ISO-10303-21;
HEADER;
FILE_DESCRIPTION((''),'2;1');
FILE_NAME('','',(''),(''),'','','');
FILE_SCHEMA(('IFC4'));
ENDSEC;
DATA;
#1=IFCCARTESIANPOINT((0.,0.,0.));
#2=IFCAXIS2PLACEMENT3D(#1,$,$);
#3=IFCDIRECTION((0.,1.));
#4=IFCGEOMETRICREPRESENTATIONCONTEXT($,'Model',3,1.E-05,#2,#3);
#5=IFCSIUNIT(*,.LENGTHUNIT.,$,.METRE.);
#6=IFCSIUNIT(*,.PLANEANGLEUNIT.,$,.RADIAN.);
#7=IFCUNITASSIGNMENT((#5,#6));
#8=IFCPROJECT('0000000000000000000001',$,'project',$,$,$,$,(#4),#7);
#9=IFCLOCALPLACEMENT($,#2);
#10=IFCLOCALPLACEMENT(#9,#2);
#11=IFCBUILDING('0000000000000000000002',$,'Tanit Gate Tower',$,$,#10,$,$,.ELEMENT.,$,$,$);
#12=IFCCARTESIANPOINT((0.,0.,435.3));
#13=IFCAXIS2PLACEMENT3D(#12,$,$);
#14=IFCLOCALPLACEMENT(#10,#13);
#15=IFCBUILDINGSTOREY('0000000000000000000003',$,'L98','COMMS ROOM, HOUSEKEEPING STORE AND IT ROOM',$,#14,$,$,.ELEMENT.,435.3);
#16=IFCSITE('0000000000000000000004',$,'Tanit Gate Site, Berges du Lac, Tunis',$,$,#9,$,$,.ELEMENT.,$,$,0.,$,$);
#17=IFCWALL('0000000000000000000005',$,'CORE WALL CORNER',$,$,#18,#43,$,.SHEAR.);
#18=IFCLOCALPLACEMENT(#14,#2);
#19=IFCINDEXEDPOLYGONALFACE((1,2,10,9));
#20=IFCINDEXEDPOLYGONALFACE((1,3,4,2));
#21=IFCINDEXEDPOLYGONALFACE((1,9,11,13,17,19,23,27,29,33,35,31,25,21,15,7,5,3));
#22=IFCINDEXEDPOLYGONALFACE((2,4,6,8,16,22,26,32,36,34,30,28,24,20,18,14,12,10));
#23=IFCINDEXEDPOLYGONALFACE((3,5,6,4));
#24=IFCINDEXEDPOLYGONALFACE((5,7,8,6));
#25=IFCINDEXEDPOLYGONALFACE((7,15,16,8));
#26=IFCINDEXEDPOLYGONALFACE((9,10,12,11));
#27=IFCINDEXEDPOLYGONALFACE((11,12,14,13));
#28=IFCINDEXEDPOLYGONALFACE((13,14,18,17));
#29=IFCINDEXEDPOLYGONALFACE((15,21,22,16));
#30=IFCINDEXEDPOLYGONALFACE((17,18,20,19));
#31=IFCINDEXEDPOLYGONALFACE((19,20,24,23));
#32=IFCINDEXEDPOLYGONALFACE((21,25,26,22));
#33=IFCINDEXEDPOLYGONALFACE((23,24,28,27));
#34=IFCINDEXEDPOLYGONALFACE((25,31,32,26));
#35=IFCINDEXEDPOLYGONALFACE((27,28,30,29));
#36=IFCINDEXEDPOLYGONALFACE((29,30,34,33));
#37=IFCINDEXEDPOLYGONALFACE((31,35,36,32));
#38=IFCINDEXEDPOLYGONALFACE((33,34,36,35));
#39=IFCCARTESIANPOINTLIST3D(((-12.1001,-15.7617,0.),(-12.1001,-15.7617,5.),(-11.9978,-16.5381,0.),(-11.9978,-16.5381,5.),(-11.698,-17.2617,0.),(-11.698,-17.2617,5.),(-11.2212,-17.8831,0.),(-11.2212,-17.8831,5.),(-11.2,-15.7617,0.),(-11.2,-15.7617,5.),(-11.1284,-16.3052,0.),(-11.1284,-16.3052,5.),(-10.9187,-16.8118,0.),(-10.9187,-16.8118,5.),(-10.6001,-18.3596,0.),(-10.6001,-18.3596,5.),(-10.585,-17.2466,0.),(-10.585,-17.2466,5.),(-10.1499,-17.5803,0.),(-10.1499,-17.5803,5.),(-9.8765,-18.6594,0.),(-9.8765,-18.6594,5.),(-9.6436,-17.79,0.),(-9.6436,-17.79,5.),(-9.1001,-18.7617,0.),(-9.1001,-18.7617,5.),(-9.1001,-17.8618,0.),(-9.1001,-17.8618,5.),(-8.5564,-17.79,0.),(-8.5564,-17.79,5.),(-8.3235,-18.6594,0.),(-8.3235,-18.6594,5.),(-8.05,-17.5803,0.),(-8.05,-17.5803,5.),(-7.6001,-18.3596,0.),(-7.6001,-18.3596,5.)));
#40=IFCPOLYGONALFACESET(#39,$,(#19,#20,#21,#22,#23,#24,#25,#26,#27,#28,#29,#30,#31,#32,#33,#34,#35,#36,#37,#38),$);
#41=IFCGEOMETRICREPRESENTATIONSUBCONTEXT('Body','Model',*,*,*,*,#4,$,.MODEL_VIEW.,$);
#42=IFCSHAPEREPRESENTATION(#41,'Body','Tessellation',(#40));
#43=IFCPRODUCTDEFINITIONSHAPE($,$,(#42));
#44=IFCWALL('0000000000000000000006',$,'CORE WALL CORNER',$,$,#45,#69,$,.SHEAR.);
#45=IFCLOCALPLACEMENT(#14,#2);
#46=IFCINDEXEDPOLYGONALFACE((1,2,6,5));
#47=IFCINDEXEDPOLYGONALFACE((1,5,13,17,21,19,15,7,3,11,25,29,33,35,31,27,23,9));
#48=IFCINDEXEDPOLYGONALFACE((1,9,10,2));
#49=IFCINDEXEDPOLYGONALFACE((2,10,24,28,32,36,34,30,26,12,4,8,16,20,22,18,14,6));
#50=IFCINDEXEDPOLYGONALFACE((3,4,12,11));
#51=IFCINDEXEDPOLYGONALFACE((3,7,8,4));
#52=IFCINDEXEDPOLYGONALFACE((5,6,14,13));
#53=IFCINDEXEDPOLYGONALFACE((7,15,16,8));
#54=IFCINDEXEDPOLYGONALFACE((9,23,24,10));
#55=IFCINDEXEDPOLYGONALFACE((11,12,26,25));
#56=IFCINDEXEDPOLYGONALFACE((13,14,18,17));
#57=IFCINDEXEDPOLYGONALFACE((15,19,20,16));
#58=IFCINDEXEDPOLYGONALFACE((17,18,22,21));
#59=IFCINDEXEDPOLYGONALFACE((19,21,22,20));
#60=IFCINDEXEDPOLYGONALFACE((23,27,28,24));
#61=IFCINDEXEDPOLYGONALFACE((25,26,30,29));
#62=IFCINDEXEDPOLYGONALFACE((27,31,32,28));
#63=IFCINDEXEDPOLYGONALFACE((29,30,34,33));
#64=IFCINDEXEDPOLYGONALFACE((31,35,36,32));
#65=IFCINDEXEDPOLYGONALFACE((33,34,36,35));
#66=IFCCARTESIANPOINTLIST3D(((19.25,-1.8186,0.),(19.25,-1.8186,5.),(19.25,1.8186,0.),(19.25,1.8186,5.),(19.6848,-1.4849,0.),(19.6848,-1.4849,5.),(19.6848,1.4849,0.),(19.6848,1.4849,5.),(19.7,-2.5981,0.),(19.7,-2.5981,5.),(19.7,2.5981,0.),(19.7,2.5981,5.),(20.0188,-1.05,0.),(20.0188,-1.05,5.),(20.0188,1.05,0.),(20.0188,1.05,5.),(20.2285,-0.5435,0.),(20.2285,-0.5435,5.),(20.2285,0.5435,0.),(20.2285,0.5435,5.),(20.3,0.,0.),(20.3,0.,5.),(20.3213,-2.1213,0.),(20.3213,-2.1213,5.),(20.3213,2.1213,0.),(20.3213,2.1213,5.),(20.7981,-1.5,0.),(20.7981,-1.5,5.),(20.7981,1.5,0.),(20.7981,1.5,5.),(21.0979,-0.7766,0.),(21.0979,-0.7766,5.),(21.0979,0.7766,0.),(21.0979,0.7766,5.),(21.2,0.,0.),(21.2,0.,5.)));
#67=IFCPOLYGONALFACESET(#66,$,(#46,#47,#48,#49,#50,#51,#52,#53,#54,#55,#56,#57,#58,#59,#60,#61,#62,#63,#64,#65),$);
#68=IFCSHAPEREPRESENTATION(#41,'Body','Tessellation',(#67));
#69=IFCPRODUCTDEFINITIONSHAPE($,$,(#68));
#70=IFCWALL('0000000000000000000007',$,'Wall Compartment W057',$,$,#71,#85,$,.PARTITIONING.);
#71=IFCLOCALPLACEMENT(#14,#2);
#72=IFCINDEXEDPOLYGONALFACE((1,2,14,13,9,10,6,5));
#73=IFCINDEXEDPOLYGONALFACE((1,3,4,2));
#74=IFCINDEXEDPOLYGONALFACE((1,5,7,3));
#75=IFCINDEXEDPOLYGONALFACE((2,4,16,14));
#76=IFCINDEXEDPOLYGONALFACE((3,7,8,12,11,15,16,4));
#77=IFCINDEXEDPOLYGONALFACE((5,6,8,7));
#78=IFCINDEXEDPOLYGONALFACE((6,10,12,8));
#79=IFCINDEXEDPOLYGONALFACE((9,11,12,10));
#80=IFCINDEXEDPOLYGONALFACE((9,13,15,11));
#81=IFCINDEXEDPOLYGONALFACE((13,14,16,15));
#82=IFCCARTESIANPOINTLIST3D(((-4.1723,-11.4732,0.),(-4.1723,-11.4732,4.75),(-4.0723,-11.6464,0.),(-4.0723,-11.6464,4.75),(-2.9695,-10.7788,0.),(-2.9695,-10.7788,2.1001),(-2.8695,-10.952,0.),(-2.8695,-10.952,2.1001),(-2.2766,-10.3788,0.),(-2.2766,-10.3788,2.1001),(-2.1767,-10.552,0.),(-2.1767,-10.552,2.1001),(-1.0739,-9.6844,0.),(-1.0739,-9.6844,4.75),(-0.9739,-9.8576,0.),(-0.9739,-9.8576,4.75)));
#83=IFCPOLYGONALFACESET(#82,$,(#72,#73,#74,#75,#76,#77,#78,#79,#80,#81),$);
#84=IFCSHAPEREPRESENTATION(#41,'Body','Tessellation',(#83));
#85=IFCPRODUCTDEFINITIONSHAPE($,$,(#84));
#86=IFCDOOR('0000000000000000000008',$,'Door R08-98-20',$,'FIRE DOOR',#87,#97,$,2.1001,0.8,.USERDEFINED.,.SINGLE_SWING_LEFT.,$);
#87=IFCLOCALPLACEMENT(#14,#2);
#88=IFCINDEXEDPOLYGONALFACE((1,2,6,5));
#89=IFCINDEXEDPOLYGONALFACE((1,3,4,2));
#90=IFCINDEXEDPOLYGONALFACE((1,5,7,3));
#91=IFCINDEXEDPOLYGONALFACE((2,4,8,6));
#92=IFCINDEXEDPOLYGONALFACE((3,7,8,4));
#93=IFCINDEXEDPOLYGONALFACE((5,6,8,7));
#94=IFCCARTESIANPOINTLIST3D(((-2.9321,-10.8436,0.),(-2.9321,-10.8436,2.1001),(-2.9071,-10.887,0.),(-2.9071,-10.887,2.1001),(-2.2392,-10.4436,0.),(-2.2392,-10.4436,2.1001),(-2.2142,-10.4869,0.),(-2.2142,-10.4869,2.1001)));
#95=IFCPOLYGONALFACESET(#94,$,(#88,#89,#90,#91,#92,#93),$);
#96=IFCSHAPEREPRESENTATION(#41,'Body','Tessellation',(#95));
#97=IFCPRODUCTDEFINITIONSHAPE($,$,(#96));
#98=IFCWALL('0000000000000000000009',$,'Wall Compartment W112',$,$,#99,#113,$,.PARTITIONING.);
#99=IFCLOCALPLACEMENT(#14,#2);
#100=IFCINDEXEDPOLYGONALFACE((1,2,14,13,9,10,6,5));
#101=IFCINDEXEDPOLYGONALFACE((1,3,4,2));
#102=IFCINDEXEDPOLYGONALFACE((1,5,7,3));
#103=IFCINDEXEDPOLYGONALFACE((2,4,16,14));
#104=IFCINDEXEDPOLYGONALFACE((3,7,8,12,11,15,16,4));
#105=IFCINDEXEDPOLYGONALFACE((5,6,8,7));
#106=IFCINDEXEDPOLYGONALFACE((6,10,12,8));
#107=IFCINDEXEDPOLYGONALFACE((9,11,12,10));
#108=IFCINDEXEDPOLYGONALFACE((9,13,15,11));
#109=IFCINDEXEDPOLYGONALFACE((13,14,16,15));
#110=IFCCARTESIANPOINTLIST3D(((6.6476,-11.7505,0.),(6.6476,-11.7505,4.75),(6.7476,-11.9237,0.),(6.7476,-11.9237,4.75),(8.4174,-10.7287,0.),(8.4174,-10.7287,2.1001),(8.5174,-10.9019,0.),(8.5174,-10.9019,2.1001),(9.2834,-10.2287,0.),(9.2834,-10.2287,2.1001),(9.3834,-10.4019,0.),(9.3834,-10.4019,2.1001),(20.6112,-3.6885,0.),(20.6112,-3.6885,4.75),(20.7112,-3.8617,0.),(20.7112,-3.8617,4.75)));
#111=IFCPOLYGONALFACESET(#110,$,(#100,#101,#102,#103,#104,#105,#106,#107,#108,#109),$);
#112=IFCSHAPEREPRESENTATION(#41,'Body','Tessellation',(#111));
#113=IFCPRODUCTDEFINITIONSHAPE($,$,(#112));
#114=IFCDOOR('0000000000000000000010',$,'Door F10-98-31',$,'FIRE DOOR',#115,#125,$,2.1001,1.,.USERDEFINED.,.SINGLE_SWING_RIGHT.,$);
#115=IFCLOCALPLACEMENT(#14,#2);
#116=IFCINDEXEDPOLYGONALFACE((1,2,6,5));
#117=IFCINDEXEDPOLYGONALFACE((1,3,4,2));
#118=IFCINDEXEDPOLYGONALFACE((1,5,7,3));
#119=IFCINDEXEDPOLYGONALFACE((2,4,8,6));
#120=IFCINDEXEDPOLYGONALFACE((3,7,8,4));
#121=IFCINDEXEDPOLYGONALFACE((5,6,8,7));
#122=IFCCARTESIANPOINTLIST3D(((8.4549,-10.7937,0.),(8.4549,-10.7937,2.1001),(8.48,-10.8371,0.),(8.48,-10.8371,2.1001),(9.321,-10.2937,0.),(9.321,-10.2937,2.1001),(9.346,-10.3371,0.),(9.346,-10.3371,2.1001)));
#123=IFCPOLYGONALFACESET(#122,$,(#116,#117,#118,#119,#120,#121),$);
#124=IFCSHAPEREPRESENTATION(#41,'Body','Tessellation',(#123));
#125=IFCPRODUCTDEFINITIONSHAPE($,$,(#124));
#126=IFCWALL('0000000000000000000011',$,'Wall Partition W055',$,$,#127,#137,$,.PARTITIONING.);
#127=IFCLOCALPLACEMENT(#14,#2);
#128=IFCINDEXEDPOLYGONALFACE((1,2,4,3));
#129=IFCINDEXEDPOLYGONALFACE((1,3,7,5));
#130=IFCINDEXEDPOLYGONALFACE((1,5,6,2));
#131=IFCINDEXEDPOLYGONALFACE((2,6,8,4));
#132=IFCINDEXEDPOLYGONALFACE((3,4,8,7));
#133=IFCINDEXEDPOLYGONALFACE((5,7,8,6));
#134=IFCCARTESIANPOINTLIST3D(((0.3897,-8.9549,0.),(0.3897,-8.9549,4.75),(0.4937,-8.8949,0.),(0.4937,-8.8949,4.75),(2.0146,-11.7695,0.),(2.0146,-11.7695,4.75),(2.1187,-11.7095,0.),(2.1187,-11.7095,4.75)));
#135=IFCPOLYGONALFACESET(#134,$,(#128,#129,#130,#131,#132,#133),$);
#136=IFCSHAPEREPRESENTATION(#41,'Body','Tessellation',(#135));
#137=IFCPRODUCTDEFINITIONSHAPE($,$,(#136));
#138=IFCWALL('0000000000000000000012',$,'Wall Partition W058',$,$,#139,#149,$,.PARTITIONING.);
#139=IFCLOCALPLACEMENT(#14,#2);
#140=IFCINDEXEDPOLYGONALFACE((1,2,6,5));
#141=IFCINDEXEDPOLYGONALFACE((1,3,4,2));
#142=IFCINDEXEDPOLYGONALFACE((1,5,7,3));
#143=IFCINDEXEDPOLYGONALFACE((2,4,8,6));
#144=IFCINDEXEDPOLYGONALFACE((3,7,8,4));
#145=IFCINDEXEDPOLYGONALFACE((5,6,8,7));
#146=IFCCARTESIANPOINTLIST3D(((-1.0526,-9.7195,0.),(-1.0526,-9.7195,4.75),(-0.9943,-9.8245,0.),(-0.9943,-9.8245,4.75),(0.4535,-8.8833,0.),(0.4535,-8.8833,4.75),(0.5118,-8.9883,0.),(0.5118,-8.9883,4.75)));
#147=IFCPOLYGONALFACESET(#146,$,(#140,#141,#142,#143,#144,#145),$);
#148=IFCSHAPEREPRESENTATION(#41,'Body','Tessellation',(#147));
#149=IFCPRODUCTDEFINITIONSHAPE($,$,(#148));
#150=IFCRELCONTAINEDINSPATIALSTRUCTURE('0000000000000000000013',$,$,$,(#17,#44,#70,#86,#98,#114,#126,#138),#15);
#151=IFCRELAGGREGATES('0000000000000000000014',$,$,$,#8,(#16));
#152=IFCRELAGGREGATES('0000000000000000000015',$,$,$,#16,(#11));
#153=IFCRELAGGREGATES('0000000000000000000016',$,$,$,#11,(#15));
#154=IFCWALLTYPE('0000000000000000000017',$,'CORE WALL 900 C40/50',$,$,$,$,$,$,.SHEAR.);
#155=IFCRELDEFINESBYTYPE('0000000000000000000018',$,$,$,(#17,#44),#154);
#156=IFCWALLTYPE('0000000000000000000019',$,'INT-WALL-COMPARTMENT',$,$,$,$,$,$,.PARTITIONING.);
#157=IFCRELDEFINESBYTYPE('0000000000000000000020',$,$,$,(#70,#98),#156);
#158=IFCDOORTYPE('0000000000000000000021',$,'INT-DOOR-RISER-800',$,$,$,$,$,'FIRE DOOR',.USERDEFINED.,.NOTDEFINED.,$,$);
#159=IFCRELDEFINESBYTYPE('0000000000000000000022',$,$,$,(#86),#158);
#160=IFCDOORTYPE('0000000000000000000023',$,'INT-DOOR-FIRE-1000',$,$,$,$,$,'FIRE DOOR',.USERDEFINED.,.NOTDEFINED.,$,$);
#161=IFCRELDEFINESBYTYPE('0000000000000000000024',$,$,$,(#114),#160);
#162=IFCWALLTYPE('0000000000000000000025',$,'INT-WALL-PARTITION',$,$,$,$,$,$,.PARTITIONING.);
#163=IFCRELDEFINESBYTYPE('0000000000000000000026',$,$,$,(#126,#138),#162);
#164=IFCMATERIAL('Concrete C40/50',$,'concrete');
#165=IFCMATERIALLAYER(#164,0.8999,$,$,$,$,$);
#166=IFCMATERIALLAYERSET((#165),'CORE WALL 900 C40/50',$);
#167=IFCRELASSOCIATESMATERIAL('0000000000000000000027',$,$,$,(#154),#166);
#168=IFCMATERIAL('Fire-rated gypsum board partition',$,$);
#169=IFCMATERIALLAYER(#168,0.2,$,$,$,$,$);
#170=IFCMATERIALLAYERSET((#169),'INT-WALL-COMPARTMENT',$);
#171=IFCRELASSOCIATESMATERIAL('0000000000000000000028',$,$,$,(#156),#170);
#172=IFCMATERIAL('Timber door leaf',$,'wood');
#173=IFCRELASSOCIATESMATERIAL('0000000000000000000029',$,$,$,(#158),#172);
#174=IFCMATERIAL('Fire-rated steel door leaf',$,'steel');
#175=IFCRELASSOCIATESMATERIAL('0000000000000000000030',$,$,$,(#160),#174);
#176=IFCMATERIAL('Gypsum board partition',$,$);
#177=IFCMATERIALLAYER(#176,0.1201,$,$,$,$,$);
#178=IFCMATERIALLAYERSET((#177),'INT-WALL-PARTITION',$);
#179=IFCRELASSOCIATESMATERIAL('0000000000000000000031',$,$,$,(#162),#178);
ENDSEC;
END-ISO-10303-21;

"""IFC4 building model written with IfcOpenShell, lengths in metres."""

from ifc_helpers import new_model, si_unit, direction, frame, frame_2d, origin, place, context, subcontext, project, spatial, polyline, rectangle, outline, extrude, material, layer, layer_set, type_object, element, fill, save


model = new_model("IFC4")

# Units and contexts
model_context = context("Model", 3, precision=1e-05, world=origin(), true_north=direction((0.0, 1.0)))
body_context = subcontext(model_context, "Body", "Model", "MODEL_VIEW")
ifc_project = project(units=[si_unit("LENGTHUNIT", "METRE"), si_unit("PLANEANGLEUNIT", "RADIAN")], contexts=[model_context])

# Site, building, storey
site_placement = place(None, origin())
site = spatial("IfcSite", under=ifc_project, at=site_placement, Name="Tanit Gate Site, Berges du Lac, Tunis", CompositionType="ELEMENT", RefElevation=0.0)
building_placement = place(site_placement, origin())
building = spatial("IfcBuilding", under=site, at=building_placement, Name="Tanit Gate Tower", CompositionType="ELEMENT")
storey_placement = place(building_placement, frame((0.0, 0.0, 435.3)))
storey = spatial("IfcBuildingStorey", under=building, at=storey_placement, Name="L98", Description="COMMS ROOM, HOUSEKEEPING STORE AND IT ROOM", CompositionType="ELEMENT", Elevation=435.3)

# Walls
ifc_material_1 = material(Name="Concrete C40/50", Category="concrete")
ifc_layer_1 = layer(ifc_material_1, 0.8999)
ifc_layer_set_1 = layer_set([ifc_layer_1], Name="CORE WALL 900 C40/50")
wall_type_1 = type_object("IfcWallType", Name="CORE WALL 900 C40/50", PredefinedType="SHEAR", material=ifc_layer_set_1)
wall_1_placement = place(storey_placement, origin())
element("IfcWall", 1, at=wall_1_placement, inside=storey, type_object=wall_type_1, Name="CORE WALL CORNER", PredefinedType="SHEAR", context=body_context, shape_type="SweptSolid", body=[
    extrude(outline(polyline([(-12.1001, -15.7617), (-11.9978, -16.5381), (-11.698, -17.2617), (-11.2212, -17.8831), (-10.6001, -18.3596), (-9.8765, -18.6594), (-9.1001, -18.7617), (-8.3235, -18.6594), (-7.6001, -18.3596), (-8.05, -17.5803), (-8.5564, -17.79), (-9.1001, -17.8618), (-9.6436, -17.79), (-10.1499, -17.5803), (-10.585, -17.2466), (-10.9187, -16.8118), (-11.1284, -16.3052), (-11.2, -15.7617), (-12.1001, -15.7617)])), origin(), (0.0, 0.0, 1.0), 5.0),
])
wall_2_placement = place(storey_placement, origin())
element("IfcWall", 2, at=wall_2_placement, inside=storey, type_object=wall_type_1, Name="CORE WALL CORNER", PredefinedType="SHEAR", context=body_context, shape_type="SweptSolid", body=[
    extrude(outline(polyline([(19.7, -2.5981), (20.3213, -2.1213), (20.7981, -1.5), (21.0979, -0.7766), (21.2, 0.0), (21.0979, 0.7766), (20.7981, 1.5), (20.3213, 2.1213), (19.7, 2.5981), (19.25, 1.8186), (19.6848, 1.4849), (20.0188, 1.05), (20.2285, 0.5435), (20.3, 0.0), (20.2285, -0.5435), (20.0188, -1.05), (19.6848, -1.4849), (19.25, -1.8186), (19.7, -2.5981)])), origin(), (0.0, 0.0, 1.0), 5.0),
])

# Walls, openings, doors
ifc_material_2 = material(Name="Fire-rated gypsum board partition")
ifc_layer_2 = layer(ifc_material_2, 0.2)
ifc_layer_set_2 = layer_set([ifc_layer_2], Name="INT-WALL-COMPARTMENT")
wall_type_2 = type_object("IfcWallType", Name="INT-WALL-COMPARTMENT", PredefinedType="PARTITIONING", material=ifc_layer_set_2)
wall_3_placement = place(storey_placement, frame((-1.0239, -9.771, 0.0), z_axis=(0.0, 0.0, 1.0), x_axis=(-0.86603, -0.499992, 0.0)))
wall_3 = element("IfcWall", 3, at=wall_3_placement, inside=storey, type_object=wall_type_2, Name="Wall Compartment W057", PredefinedType="PARTITIONING", context=body_context, shape_type="SweptSolid", body=[
    extrude(rectangle(XDim=3.5776, YDim=0.2, at=frame_2d((1.7888, 0.0))), origin(), (0.0, 0.0, 1.0), 4.75),
])
opening_1_placement = place(wall_3_placement, frame((1.3889, 0.0, 0.0)))
opening_1 = element("IfcOpeningElement", 4, at=opening_1_placement, cuts=wall_3, PredefinedType="OPENING", context=body_context, shape_type="SweptSolid", body=[
    extrude(rectangle(XDim=0.8, YDim=2.1001, at=frame_2d((0.3999, 1.05))), frame((0.0, 0.1099, 0.0), z_axis=(0.0, -1.0, 0.0), x_axis=(1.0, 0.0, 0.0)), (0.0, 0.0, 1.0), 0.22),
])
ifc_material_3 = material(Name="Timber door leaf", Category="wood")
door_type_1 = type_object("IfcDoorType", Name="INT-DOOR-RISER-800", ElementType="FIRE DOOR", OperationType="NOTDEFINED", PredefinedType="USERDEFINED", material=ifc_material_3)
door_1_placement = place(opening_1_placement, origin())
door_1 = element("IfcDoor", 5, at=door_1_placement, inside=storey, type_object=door_type_1, Name="Door R08-98-20", ObjectType="FIRE DOOR", OperationType="SINGLE_SWING_LEFT", OverallHeight=2.1001, OverallWidth=0.8, PredefinedType="USERDEFINED", context=body_context, shape_type="SweptSolid", body=[
    extrude(rectangle(XDim=0.8, YDim=2.1001, at=frame_2d((0.3999, 1.05))), frame((0.0, 0.0249, 0.0), z_axis=(0.0, -1.0, 0.0), x_axis=(1.0, 0.0, 0.0)), (0.0, 0.0, 1.0), 0.05),
])
fill(opening_1, door_1)
wall_4_placement = place(storey_placement, frame((6.6975, -11.8372, 0.0), z_axis=(0.0, 0.0, 1.0), x_axis=(0.866022, 0.500005, 0.0)))
wall_4 = element("IfcWall", 6, at=wall_4_placement, inside=storey, type_object=wall_type_2, Name="Wall Compartment W112", PredefinedType="PARTITIONING", context=body_context, shape_type="SweptSolid", body=[
    extrude(rectangle(XDim=16.1238, YDim=0.2, at=frame_2d((8.062, 0.0))), origin(), (0.0, 0.0, 1.0), 4.75),
])
opening_2_placement = place(wall_4_placement, frame((2.0437, 0.0, 0.0)))
opening_2 = element("IfcOpeningElement", 7, at=opening_2_placement, cuts=wall_4, PredefinedType="OPENING", context=body_context, shape_type="SweptSolid", body=[
    extrude(rectangle(XDim=1.0, YDim=2.1001, at=frame_2d((0.5, 1.05))), frame((0.0, 0.1099, 0.0), z_axis=(0.0, -1.0, 0.0), x_axis=(1.0, 0.0, 0.0)), (0.0, 0.0, 1.0), 0.22),
])
ifc_material_4 = material(Name="Fire-rated steel door leaf", Category="steel")
door_type_2 = type_object("IfcDoorType", Name="INT-DOOR-FIRE-1000", ElementType="FIRE DOOR", OperationType="NOTDEFINED", PredefinedType="USERDEFINED", material=ifc_material_4)
door_2_placement = place(opening_2_placement, origin())
door_2 = element("IfcDoor", 8, at=door_2_placement, inside=storey, type_object=door_type_2, Name="Door F10-98-31", ObjectType="FIRE DOOR", OperationType="SINGLE_SWING_RIGHT", OverallHeight=2.1001, OverallWidth=1.0, PredefinedType="USERDEFINED", context=body_context, shape_type="SweptSolid", body=[
    extrude(rectangle(XDim=1.0, YDim=2.1001, at=frame_2d((0.5, 1.05))), frame((0.0, 0.0249, 0.0), z_axis=(0.0, -1.0, 0.0), x_axis=(1.0, 0.0, 0.0)), (0.0, 0.0, 1.0), 0.05),
])
fill(opening_2, door_2)

# Walls
ifc_material_5 = material(Name="Gypsum board partition")
ifc_layer_3 = layer(ifc_material_5, 0.1201)
ifc_layer_set_3 = layer_set([ifc_layer_3], Name="INT-WALL-PARTITION")
wall_type_3 = type_object("IfcWallType", Name="INT-WALL-PARTITION", PredefinedType="PARTITIONING", material=ifc_layer_set_3)
wall_5_placement = place(storey_placement, frame((2.0667, -11.7395, 0.0), z_axis=(0.0, 0.0, 1.0), x_axis=(-0.499985, 0.866034, 0.0)))
element("IfcWall", 9, at=wall_5_placement, inside=storey, type_object=wall_type_3, Name="Wall Partition W055", PredefinedType="PARTITIONING", context=body_context, shape_type="SweptSolid", body=[
    extrude(rectangle(XDim=3.25, YDim=0.1201, at=frame_2d((1.625, 0.0))), origin(), (0.0, 0.0, 1.0), 4.75),
])
wall_6_placement = place(storey_placement, frame((-1.0234, -9.772, 0.0), z_axis=(0.0, 0.0, 1.0), x_axis=(0.874291, 0.485402, 0.0)))
element("IfcWall", 10, at=wall_6_placement, inside=storey, type_object=wall_type_3, Name="Wall Partition W058", PredefinedType="PARTITIONING", context=body_context, shape_type="SweptSolid", body=[
    extrude(rectangle(XDim=1.7227, YDim=0.1201, at=frame_2d((0.8613, 0.0))), origin(), (0.0, 0.0, 1.0), 4.75),
])

save(model, "model.ifc")
